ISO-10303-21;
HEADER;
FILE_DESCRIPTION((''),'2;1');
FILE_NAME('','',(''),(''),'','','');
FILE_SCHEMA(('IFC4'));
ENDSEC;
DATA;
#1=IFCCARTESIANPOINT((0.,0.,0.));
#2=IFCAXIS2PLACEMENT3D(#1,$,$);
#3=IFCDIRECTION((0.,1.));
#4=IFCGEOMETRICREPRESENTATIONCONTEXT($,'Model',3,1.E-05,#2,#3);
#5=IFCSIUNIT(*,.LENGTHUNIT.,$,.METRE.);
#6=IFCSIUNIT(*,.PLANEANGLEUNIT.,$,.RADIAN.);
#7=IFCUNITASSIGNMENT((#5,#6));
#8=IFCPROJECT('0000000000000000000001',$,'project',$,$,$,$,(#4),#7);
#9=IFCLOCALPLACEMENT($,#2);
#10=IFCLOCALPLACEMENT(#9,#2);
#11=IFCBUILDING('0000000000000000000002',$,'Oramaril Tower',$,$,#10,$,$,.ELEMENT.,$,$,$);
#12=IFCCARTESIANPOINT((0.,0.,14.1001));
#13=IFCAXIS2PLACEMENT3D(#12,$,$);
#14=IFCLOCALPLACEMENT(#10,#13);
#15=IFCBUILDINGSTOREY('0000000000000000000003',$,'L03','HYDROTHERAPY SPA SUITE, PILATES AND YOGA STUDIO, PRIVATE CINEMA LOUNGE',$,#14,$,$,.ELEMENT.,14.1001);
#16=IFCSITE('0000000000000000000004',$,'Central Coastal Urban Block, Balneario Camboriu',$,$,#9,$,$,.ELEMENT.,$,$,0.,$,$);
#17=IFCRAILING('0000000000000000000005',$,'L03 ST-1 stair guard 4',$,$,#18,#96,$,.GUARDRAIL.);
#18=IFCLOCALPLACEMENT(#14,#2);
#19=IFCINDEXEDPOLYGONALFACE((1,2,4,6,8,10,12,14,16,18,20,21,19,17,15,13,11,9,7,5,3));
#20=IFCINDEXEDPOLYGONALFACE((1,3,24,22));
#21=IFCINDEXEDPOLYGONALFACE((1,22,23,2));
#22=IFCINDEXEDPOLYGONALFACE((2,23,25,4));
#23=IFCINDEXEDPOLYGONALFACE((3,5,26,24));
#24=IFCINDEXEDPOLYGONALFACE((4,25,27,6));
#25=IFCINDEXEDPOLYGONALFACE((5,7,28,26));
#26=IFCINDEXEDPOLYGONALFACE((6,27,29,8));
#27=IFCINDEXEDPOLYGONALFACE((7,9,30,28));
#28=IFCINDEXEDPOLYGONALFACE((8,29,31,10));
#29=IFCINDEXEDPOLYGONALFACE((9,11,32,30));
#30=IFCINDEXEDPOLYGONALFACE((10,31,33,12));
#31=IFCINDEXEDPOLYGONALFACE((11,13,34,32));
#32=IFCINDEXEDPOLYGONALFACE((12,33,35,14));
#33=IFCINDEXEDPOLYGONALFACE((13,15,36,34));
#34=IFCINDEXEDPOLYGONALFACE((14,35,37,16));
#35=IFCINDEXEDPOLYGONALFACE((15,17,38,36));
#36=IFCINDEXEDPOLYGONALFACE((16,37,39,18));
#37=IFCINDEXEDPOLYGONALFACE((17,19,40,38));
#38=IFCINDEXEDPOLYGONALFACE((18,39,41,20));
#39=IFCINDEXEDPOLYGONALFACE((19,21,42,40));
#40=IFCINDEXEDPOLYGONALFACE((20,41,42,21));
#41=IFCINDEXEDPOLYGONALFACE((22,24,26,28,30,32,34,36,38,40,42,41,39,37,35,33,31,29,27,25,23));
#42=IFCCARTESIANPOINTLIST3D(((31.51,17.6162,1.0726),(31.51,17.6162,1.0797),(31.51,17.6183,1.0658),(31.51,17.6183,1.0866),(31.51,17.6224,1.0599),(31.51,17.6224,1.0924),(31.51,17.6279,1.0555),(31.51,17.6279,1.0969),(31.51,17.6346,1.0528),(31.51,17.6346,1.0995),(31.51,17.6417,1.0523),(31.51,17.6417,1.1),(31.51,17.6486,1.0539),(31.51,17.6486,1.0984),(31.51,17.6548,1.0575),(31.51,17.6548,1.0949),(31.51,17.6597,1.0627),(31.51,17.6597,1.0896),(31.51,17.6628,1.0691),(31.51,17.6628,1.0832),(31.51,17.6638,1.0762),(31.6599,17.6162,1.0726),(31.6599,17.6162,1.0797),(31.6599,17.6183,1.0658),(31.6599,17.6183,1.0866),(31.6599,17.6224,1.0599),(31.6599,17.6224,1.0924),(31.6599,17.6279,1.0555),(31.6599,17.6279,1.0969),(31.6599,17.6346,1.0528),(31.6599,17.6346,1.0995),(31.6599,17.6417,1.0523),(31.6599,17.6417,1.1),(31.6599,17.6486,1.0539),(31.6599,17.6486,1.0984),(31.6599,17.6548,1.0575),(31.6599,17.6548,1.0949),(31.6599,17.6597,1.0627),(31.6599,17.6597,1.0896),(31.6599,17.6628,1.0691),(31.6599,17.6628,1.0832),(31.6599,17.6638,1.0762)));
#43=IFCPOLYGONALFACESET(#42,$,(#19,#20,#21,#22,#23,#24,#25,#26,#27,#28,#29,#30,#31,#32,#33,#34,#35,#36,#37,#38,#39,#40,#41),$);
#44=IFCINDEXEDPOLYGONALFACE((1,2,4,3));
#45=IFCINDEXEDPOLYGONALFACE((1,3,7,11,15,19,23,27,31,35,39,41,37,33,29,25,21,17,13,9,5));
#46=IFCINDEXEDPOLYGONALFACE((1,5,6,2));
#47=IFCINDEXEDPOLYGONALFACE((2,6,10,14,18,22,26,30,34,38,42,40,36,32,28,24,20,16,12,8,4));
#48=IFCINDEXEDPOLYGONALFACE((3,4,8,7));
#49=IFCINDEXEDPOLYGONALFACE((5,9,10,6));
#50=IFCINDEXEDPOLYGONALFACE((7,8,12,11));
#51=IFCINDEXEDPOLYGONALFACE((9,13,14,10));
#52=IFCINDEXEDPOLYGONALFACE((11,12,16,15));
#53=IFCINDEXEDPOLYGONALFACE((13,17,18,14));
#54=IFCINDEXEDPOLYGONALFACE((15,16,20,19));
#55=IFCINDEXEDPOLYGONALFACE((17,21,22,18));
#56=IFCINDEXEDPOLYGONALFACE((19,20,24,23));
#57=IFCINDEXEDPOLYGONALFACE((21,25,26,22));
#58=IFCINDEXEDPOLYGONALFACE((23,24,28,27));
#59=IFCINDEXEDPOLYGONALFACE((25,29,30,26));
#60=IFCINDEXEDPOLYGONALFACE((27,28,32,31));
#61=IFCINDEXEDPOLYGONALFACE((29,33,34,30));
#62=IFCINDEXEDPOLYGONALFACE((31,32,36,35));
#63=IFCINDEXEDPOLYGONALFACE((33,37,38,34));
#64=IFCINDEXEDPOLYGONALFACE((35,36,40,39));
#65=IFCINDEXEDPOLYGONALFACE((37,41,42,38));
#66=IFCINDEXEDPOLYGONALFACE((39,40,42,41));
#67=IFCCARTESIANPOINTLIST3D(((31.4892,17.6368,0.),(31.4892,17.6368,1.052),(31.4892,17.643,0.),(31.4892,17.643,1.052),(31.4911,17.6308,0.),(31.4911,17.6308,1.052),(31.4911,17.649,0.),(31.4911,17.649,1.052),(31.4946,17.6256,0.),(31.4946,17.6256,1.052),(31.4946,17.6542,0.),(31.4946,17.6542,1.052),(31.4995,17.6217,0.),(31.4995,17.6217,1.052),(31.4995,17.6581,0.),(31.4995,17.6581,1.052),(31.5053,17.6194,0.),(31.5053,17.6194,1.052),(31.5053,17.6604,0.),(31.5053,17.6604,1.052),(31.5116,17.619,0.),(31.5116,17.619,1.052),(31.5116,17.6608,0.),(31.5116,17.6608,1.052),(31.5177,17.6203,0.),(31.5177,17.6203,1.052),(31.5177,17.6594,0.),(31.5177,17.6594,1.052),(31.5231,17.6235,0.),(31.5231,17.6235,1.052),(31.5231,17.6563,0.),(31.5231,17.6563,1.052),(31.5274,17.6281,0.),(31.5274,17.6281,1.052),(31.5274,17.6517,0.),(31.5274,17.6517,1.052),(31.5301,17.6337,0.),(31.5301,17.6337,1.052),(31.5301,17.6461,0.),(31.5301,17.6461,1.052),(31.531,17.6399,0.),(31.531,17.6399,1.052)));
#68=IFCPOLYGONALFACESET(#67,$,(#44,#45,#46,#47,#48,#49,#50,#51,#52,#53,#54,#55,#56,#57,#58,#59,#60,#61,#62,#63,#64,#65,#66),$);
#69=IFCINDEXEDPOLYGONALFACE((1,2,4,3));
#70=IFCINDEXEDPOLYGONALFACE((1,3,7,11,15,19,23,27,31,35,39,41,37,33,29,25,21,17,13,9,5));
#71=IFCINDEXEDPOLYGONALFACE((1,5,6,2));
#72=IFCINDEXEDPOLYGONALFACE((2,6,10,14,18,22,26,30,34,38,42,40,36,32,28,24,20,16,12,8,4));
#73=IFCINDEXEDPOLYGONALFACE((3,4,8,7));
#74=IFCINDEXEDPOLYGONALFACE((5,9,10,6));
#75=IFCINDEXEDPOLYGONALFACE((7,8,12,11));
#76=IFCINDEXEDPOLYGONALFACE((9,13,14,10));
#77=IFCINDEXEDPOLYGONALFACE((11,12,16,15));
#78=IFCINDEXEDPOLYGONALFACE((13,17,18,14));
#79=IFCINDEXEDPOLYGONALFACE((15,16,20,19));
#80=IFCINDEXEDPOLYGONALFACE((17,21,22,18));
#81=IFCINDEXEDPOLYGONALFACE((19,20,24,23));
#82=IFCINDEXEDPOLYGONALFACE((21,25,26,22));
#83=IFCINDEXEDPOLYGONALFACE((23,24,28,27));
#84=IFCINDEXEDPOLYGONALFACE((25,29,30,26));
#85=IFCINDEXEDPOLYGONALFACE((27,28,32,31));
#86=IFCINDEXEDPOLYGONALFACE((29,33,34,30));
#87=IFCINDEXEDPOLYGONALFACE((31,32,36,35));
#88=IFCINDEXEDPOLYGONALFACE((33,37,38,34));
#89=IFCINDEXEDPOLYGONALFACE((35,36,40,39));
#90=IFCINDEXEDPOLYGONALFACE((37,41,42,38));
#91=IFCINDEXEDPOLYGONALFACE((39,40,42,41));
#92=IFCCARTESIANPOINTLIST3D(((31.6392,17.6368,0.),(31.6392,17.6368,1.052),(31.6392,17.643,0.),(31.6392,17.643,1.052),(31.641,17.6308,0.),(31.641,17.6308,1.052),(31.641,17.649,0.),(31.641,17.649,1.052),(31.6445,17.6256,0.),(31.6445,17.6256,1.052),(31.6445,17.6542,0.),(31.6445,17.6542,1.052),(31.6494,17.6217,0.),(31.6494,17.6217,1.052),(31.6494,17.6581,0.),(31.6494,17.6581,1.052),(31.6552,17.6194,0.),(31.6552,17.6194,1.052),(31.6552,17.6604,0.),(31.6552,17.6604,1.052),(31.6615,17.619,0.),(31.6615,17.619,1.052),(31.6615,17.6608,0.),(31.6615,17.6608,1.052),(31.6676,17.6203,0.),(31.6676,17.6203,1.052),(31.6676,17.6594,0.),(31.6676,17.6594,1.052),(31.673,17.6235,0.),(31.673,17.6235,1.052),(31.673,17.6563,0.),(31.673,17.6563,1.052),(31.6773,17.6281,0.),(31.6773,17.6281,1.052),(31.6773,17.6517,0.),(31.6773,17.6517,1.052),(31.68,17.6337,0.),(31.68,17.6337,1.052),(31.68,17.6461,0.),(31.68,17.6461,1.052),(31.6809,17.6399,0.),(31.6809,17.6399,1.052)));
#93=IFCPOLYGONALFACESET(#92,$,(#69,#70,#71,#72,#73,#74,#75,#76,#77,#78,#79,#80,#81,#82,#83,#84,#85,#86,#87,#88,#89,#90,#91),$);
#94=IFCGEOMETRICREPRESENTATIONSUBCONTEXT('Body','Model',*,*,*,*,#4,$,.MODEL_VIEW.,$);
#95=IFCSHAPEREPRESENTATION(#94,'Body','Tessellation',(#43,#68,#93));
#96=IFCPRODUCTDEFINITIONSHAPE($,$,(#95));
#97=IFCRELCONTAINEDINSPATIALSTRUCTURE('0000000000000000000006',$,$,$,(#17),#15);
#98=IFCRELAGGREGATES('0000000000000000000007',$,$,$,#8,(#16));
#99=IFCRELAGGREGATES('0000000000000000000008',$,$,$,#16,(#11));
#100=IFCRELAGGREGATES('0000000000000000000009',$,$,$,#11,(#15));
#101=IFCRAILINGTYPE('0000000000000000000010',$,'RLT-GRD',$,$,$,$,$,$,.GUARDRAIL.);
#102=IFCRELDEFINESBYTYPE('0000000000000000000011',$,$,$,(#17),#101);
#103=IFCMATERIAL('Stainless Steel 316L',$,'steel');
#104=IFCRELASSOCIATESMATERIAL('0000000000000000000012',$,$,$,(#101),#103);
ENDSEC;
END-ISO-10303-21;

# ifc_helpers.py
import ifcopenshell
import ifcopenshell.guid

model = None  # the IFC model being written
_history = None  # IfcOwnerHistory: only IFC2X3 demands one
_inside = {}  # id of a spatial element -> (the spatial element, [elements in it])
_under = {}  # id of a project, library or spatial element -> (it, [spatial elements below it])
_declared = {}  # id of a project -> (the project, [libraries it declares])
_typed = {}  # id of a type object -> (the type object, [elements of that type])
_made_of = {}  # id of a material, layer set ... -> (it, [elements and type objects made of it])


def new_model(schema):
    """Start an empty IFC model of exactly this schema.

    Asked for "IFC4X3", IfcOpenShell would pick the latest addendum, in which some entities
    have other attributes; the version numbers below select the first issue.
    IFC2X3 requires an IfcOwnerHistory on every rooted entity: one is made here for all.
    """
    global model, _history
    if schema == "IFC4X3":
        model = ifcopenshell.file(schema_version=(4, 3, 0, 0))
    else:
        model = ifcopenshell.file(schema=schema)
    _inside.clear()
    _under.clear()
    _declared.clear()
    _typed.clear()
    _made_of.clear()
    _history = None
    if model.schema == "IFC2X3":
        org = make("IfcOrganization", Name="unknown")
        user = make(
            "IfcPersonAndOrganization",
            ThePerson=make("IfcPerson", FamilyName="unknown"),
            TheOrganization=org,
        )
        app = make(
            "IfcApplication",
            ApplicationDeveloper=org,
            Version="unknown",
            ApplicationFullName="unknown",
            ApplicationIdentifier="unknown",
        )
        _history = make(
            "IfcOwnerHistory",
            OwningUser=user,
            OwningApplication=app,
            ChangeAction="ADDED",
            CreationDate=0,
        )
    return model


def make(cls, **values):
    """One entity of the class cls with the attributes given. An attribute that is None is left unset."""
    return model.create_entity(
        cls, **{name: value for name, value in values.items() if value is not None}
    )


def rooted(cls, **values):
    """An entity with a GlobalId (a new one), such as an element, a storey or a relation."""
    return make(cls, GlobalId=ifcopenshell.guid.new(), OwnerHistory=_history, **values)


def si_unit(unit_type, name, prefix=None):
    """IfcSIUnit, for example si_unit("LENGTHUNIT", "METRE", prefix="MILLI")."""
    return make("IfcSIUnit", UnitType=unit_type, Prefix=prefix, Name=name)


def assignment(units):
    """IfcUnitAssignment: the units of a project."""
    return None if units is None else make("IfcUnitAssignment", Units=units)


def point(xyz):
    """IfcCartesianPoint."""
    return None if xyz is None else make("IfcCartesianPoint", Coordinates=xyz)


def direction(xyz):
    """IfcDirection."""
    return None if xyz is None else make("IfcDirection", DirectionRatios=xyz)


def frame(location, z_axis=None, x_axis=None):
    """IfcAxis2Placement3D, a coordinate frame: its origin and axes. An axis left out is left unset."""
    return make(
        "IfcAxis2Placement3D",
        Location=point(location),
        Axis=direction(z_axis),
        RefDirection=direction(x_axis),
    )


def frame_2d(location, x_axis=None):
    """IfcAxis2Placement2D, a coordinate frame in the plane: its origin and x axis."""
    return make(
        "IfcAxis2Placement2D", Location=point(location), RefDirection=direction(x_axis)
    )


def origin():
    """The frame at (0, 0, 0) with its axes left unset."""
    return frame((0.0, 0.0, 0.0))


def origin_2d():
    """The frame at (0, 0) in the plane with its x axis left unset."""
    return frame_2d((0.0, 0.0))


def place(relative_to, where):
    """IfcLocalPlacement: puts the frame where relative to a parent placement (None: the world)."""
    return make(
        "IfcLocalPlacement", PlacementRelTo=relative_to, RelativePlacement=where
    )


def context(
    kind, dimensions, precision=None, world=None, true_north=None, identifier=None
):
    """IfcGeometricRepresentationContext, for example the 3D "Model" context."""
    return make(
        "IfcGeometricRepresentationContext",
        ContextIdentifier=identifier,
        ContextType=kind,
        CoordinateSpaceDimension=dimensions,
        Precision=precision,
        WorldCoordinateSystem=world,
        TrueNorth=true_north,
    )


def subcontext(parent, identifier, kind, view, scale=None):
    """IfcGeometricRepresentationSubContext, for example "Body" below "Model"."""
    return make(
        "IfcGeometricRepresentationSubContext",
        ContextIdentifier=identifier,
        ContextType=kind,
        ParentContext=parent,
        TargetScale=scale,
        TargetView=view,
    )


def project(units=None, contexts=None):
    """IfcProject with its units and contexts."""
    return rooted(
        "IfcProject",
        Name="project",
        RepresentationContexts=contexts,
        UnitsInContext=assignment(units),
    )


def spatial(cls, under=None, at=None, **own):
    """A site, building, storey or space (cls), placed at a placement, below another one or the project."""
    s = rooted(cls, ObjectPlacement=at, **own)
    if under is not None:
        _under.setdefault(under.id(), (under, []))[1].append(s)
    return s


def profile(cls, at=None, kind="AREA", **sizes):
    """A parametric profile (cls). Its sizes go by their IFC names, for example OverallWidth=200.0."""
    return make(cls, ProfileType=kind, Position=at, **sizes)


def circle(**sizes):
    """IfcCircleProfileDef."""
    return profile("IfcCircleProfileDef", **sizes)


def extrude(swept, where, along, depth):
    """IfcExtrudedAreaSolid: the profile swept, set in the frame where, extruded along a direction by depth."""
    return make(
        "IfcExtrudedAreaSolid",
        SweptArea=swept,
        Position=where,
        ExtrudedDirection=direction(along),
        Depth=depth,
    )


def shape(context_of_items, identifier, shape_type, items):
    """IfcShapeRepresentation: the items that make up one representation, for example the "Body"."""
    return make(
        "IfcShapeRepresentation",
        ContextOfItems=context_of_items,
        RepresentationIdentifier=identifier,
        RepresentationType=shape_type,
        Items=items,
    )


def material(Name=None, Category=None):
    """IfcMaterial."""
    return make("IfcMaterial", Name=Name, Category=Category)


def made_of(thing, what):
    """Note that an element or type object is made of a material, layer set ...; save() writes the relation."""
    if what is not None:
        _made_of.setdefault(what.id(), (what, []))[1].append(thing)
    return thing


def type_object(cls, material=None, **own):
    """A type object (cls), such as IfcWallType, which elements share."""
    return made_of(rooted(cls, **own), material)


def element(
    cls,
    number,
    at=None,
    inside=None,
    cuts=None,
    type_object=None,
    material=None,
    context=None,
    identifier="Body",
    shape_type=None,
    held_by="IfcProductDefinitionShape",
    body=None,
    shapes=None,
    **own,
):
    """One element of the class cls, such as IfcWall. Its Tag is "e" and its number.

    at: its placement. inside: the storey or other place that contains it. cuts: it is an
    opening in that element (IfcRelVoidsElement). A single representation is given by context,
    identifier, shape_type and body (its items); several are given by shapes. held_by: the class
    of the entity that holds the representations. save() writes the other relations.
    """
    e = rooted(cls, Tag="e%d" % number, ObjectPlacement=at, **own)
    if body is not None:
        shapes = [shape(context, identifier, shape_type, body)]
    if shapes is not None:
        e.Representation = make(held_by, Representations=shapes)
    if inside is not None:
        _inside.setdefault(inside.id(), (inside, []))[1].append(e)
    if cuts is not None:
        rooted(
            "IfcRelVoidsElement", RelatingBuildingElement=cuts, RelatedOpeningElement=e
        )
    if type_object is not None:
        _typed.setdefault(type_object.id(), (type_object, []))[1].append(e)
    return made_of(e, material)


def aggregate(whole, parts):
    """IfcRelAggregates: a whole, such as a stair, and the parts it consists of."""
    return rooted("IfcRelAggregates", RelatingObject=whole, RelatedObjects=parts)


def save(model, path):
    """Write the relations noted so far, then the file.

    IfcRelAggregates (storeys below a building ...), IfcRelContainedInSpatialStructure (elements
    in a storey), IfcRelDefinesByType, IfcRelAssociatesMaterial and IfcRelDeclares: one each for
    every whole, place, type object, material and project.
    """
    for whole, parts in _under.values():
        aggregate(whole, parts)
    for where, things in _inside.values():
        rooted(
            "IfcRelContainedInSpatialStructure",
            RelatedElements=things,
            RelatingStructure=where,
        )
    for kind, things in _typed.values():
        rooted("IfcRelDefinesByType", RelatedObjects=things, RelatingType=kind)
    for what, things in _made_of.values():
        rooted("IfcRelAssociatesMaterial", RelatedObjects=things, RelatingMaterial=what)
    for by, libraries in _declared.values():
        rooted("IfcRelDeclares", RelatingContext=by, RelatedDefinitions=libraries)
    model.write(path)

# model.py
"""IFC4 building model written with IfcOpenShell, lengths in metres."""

from ifc_helpers import new_model, si_unit, direction, frame, origin, origin_2d, place, context, subcontext, project, spatial, circle, extrude, material, type_object, element, save


model = new_model("IFC4")

# Units and contexts
model_context = context("Model", 3, precision=1e-05, world=origin(), true_north=direction((0.0, 1.0)))
body_context = subcontext(model_context, "Body", "Model", "MODEL_VIEW")
ifc_project = project(units=[si_unit("LENGTHUNIT", "METRE"), si_unit("PLANEANGLEUNIT", "RADIAN")], contexts=[model_context])

# Site, building, storey
site_placement = place(None, origin())
site = spatial("IfcSite", under=ifc_project, at=site_placement, Name="Central Coastal Urban Block, Balneario Camboriu", CompositionType="ELEMENT", RefElevation=0.0)
building_placement = place(site_placement, origin())
building = spatial("IfcBuilding", under=site, at=building_placement, Name="Oramaril Tower", CompositionType="ELEMENT")
storey_placement = place(building_placement, frame((0.0, 0.0, 14.1001)))
storey = spatial("IfcBuildingStorey", under=building, at=storey_placement, Name="L03", Description="HYDROTHERAPY SPA SUITE, PILATES AND YOGA STUDIO, PRIVATE CINEMA LOUNGE", CompositionType="ELEMENT", Elevation=14.1001)

# Railing
ifc_material_1 = material(Name="Stainless Steel 316L", Category="steel")
railing_type_1 = type_object("IfcRailingType", Name="RLT-GRD", PredefinedType="GUARDRAIL", material=ifc_material_1)
railing_1_placement = place(storey_placement, frame((31.51, 17.6399, 0.0)))
element("IfcRailing", 1, at=railing_1_placement, inside=storey, type_object=railing_type_1, Name="L03 ST-1 stair guard 4", PredefinedType="GUARDRAIL", context=body_context, shape_type="SweptSolid", body=[
    extrude(circle(Radius=0.0239, at=origin_2d()), frame((0.0, 0.0, 1.0762), z_axis=(1.0, 0.0, 0.0), x_axis=(0.0, 1.0, 0.0)), (0.0, 0.0, 1.0), 0.1499),
    extrude(circle(Radius=0.021, at=origin_2d()), origin(), (0.0, 0.0, 1.0), 1.052),
    extrude(circle(Radius=0.021, at=origin_2d()), frame((0.1499, 0.0, 0.0)), (0.0, 0.0, 1.0), 1.052),
])

save(model, "model.ifc")
